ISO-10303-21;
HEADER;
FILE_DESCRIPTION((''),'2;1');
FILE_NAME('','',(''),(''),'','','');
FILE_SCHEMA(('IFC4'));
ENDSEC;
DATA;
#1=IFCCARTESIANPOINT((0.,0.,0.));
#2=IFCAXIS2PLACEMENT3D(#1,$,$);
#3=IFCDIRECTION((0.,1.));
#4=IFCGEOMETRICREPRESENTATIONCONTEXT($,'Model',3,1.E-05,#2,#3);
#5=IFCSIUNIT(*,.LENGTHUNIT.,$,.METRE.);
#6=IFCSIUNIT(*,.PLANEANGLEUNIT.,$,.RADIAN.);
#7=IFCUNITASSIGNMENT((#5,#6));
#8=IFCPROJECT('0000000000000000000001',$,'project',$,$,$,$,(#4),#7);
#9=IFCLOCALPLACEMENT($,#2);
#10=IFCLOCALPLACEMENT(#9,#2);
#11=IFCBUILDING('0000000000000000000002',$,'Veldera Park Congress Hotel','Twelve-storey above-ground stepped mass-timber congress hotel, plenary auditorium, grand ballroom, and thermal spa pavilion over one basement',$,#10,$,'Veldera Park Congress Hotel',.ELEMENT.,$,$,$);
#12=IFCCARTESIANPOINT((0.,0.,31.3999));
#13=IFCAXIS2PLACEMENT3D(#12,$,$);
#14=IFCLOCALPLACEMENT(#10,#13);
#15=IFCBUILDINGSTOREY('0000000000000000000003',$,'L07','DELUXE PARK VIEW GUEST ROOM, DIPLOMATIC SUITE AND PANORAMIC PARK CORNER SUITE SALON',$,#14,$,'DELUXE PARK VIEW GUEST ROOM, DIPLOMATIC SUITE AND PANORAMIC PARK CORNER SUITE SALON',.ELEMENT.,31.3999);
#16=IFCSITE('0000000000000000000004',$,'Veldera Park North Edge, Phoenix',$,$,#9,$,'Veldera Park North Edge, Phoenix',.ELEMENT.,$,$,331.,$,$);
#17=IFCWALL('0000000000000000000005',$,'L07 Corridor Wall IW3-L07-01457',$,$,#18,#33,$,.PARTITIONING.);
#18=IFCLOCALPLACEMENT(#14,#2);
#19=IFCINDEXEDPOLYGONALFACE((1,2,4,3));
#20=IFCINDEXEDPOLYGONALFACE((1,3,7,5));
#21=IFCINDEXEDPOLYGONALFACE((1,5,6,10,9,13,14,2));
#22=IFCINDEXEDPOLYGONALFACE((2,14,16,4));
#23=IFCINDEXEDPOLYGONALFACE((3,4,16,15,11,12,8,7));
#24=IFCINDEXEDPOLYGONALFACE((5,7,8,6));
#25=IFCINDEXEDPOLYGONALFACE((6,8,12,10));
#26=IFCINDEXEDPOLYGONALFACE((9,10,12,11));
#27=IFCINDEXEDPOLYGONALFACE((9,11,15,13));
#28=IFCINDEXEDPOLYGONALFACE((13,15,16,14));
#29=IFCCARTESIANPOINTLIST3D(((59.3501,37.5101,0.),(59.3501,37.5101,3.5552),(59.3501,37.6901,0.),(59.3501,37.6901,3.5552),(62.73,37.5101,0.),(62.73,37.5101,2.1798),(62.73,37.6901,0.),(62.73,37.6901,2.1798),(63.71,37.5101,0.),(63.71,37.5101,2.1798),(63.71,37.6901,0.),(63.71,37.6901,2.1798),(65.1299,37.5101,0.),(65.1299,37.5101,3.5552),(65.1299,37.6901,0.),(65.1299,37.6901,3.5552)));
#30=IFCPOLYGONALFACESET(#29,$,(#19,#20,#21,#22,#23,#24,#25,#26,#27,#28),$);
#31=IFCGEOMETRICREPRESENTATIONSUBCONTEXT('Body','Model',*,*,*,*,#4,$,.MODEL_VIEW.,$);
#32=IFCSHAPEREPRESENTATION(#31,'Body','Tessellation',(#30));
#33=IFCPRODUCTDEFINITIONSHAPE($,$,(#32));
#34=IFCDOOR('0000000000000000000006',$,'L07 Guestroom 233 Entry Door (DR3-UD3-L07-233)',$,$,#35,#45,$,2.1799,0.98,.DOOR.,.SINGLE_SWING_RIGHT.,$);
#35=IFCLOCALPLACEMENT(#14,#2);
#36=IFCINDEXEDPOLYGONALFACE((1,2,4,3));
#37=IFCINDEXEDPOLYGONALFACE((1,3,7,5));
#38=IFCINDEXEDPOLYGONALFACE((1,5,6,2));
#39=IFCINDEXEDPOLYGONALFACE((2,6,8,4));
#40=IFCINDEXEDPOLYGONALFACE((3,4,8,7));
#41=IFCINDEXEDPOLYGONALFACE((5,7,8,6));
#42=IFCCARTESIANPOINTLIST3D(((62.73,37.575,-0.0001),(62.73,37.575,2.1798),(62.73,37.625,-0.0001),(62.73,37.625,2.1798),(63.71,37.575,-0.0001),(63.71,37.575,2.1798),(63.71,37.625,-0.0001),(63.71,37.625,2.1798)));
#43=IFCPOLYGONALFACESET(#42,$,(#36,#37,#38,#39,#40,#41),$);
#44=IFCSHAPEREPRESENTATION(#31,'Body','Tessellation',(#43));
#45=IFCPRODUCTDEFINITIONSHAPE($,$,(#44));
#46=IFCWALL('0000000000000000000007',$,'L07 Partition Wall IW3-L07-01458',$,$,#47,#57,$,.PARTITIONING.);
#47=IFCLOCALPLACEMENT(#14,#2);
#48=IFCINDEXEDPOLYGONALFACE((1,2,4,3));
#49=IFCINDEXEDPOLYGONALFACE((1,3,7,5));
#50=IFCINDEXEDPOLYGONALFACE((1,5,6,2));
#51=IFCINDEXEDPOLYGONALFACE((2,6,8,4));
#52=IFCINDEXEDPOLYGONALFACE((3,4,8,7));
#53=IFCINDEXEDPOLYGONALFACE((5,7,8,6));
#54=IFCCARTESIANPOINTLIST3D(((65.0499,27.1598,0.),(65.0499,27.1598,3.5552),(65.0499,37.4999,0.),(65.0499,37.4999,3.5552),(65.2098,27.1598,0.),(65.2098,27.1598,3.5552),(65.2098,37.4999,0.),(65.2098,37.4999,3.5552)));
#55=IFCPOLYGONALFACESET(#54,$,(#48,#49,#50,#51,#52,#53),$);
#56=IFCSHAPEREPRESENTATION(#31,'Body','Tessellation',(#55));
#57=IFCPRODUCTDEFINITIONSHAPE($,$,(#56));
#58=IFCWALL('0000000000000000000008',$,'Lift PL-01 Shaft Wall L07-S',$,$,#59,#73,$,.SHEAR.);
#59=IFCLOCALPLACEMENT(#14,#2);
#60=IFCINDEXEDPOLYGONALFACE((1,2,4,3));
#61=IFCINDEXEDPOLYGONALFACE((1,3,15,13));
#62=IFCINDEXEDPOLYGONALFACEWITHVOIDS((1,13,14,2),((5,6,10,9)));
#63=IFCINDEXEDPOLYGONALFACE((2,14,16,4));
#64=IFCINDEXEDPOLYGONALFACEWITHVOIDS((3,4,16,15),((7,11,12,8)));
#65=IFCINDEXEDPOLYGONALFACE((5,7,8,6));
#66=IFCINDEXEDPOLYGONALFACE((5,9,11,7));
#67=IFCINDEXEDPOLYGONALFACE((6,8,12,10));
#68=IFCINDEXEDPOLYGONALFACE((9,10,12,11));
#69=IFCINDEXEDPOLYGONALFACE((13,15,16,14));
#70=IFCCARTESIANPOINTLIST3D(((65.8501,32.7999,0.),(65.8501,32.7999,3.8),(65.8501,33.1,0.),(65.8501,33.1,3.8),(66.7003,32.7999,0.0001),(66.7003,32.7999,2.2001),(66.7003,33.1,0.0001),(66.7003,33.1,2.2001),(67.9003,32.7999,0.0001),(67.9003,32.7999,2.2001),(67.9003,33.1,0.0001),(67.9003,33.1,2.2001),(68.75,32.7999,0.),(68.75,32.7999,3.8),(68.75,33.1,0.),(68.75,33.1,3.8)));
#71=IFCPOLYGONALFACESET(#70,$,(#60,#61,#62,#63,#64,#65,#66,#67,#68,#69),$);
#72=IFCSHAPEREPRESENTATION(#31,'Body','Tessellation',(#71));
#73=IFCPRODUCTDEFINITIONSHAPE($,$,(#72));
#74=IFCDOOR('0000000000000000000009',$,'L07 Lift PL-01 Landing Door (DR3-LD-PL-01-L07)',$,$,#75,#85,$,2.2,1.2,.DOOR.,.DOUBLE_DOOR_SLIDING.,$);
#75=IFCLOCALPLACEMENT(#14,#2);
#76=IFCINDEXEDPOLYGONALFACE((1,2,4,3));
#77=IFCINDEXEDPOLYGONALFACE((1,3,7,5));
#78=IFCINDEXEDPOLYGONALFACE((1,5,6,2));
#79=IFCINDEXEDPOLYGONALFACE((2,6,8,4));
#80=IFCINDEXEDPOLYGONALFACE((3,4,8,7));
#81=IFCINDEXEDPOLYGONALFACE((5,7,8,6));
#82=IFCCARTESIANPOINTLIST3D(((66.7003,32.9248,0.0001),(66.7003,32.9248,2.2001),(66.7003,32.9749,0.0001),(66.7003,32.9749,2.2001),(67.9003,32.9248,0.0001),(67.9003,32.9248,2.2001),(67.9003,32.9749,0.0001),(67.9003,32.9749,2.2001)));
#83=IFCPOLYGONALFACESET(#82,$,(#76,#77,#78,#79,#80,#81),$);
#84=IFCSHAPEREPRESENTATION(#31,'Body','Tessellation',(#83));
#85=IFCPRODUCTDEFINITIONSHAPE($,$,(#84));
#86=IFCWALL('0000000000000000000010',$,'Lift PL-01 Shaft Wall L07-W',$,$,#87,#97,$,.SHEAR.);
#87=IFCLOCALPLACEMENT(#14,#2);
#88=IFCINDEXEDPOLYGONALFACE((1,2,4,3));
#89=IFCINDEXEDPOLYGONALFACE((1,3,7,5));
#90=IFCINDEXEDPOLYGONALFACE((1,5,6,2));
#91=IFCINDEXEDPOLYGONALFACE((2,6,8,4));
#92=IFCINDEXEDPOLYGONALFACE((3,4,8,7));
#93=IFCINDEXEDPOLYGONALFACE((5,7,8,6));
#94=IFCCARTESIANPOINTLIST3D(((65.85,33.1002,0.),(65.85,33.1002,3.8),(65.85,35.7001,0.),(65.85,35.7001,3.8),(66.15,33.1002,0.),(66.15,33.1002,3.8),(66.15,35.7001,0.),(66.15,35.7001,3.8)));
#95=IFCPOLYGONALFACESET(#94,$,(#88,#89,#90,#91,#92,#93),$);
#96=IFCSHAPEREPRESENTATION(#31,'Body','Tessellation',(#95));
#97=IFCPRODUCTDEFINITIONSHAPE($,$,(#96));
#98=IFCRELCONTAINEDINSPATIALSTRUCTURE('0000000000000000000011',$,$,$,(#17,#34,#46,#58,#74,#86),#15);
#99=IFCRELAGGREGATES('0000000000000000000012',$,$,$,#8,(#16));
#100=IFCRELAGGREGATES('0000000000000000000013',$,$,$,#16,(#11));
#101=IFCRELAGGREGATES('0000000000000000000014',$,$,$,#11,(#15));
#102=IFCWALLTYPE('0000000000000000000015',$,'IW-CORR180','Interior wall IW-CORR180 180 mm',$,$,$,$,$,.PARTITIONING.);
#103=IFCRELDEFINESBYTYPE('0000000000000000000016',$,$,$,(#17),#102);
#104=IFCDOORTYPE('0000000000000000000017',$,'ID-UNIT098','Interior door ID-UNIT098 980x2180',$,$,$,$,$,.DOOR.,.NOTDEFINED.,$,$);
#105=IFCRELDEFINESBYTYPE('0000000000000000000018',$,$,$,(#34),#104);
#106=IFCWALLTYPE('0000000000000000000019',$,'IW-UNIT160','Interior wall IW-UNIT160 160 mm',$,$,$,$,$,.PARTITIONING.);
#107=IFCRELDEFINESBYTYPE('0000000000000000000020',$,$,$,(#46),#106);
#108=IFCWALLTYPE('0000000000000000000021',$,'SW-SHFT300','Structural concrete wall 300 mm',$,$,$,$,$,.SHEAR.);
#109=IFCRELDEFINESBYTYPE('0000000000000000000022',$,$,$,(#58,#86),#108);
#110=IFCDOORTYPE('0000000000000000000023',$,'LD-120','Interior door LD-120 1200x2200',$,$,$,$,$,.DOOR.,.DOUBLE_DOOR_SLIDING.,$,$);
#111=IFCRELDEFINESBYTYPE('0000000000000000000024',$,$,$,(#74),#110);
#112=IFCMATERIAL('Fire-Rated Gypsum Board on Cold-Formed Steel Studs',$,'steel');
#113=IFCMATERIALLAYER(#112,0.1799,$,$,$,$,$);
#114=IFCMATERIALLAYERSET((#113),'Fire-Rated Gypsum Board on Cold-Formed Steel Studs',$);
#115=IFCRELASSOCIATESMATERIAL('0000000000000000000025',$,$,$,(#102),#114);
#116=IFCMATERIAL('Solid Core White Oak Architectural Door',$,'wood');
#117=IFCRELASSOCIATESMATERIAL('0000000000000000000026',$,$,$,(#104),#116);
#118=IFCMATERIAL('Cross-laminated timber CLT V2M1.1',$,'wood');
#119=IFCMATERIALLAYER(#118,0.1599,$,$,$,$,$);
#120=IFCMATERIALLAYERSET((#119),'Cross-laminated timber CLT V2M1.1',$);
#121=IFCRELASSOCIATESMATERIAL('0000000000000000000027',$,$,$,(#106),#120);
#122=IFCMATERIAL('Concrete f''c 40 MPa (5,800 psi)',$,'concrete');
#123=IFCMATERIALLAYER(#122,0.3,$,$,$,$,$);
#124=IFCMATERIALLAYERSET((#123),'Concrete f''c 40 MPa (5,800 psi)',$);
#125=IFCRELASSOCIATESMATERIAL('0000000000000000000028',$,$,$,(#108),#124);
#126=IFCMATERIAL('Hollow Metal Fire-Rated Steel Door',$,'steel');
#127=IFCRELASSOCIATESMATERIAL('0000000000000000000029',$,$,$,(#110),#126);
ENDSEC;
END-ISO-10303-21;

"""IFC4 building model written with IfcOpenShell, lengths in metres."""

from ifc_helpers import new_model, si_unit, direction, frame, frame_2d, origin, place, context, subcontext, project, spatial, rectangle, extrude, material, layer, layer_set, type_object, element, fill, save


model = new_model("IFC4")

# Units and contexts
model_context = context("Model", 3, precision=1e-05, world=origin(), true_north=direction((0.0, 1.0)))
body_context = subcontext(model_context, "Body", "Model", "MODEL_VIEW")
ifc_project = project(units=[si_unit("LENGTHUNIT", "METRE"), si_unit("PLANEANGLEUNIT", "RADIAN")], contexts=[model_context])

# Site, building, storey
site_placement = place(None, origin())
site = spatial("IfcSite", under=ifc_project, at=site_placement, Name="Veldera Park North Edge, Phoenix", LongName="Veldera Park North Edge, Phoenix", CompositionType="ELEMENT", RefElevation=331.0)
building_placement = place(site_placement, origin())
building = spatial("IfcBuilding", under=site, at=building_placement, Name="Veldera Park Congress Hotel", Description="Twelve-storey above-ground stepped mass-timber congress hotel, plenary auditorium, grand ballroom, and thermal spa pavilion over one basement", LongName="Veldera Park Congress Hotel", CompositionType="ELEMENT")
storey_placement = place(building_placement, frame((0.0, 0.0, 31.3999)))
storey = spatial("IfcBuildingStorey", under=building, at=storey_placement, Name="L07", Description="DELUXE PARK VIEW GUEST ROOM, DIPLOMATIC SUITE AND PANORAMIC PARK CORNER SUITE SALON", LongName="DELUXE PARK VIEW GUEST ROOM, DIPLOMATIC SUITE AND PANORAMIC PARK CORNER SUITE SALON", CompositionType="ELEMENT", Elevation=31.3999)

# Shared definitions
ifc_material_1 = material(Name="Fire-Rated Gypsum Board on Cold-Formed Steel Studs", Category="steel")

# Shared definitions
ifc_material_2 = material(Name="Solid Core White Oak Architectural Door", Category="wood")

# Wall, opening, door
ifc_layer_1 = layer(ifc_material_1, 0.1799)
ifc_layer_set_1 = layer_set([ifc_layer_1], Name="Fire-Rated Gypsum Board on Cold-Formed Steel Studs")
wall_type_1 = type_object("IfcWallType", Name="IW-CORR180", Description="Interior wall IW-CORR180 180 mm", PredefinedType="PARTITIONING", material=ifc_layer_set_1)
door_type_1 = type_object("IfcDoorType", Name="ID-UNIT098", Description="Interior door ID-UNIT098 980x2180", OperationType="NOTDEFINED", PredefinedType="DOOR", material=ifc_material_2)
wall_1_placement = place(storey_placement, frame((65.1299, 37.6001, 0.0), z_axis=(0.0, 0.0, 1.0), x_axis=(-1.0, 0.0, 0.0)))
wall_1 = element("IfcWall", 1, at=wall_1_placement, inside=storey, type_object=wall_type_1, Name="L07 Corridor Wall IW3-L07-01457", PredefinedType="PARTITIONING", context=body_context, shape_type="SweptSolid", body=[
    extrude(rectangle(XDim=5.7798, YDim=0.1799, at=frame_2d((2.8899, 0.0))), origin(), (0.0, 0.0, 1.0), 3.5552),
])
opening_1_placement = place(wall_1_placement, frame((1.4199, 0.0, 0.0)))
opening_1 = element("IfcOpeningElement", 2, at=opening_1_placement, cuts=wall_1, PredefinedType="OPENING", context=body_context, shape_type="SweptSolid", body=[
    extrude(rectangle(XDim=0.98, YDim=2.1799, at=frame_2d((0.49, 1.0898))), frame((0.0, 0.1021, 0.0), z_axis=(0.0, -1.0, 0.0), x_axis=(1.0, 0.0, 0.0)), (0.0, 0.0, 1.0), 0.2039),
])
door_1_placement = place(opening_1_placement, frame((0.98, 0.0, 0.0), z_axis=(0.0, 0.0, 1.0), x_axis=(-1.0, 0.0, 0.0)))
door_1 = element("IfcDoor", 3, at=door_1_placement, inside=storey, type_object=door_type_1, Name="L07 Guestroom 233 Entry Door (DR3-UD3-L07-233)", OperationType="SINGLE_SWING_RIGHT", OverallHeight=2.1799, OverallWidth=0.98, PredefinedType="DOOR", context=body_context, shape_type="SweptSolid", body=[
    extrude(rectangle(XDim=0.98, YDim=2.1799, at=frame_2d((0.49, 1.0898))), frame((0.0, 0.0249, 0.0), z_axis=(0.0, -1.0, 0.0), x_axis=(1.0, 0.0, 0.0)), (0.0, 0.0, 1.0), 0.05),
])
fill(opening_1, door_1)

# Wall
ifc_material_3 = material(Name="Cross-laminated timber CLT V2M1.1", Category="wood")
ifc_layer_2 = layer(ifc_material_3, 0.1599)
ifc_layer_set_2 = layer_set([ifc_layer_2], Name="Cross-laminated timber CLT V2M1.1")
wall_type_2 = type_object("IfcWallType", Name="IW-UNIT160", Description="Interior wall IW-UNIT160 160 mm", PredefinedType="PARTITIONING", material=ifc_layer_set_2)
wall_2_placement = place(storey_placement, frame((65.1299, 27.1599, 0.0), z_axis=(0.0, 0.0, 1.0), x_axis=(0.0, 1.0, 0.0)))
element("IfcWall", 4, at=wall_2_placement, inside=storey, type_object=wall_type_2, Name="L07 Partition Wall IW3-L07-01458", PredefinedType="PARTITIONING", context=body_context, shape_type="SweptSolid", body=[
    extrude(rectangle(XDim=10.3401, YDim=0.1599, at=frame_2d((5.1699, 0.0))), origin(), (0.0, 0.0, 1.0), 3.5552),
])

# Wall, opening, door
ifc_material_4 = material(Name="Concrete f'c 40 MPa (5,800 psi)", Category="concrete")
ifc_layer_3 = layer(ifc_material_4, 0.3)
ifc_layer_set_3 = layer_set([ifc_layer_3], Name="Concrete f'c 40 MPa (5,800 psi)")
wall_type_3 = type_object("IfcWallType", Name="SW-SHFT300", Description="Structural concrete wall 300 mm", PredefinedType="SHEAR", material=ifc_layer_set_3)
wall_3_placement = place(storey_placement, frame((65.8501, 32.95, 0.0), z_axis=(0.0, 0.0, 1.0), x_axis=(1.0, 0.0, 0.0)))
wall_3 = element("IfcWall", 5, at=wall_3_placement, inside=storey, type_object=wall_type_3, Name="Lift PL-01 Shaft Wall L07-S", PredefinedType="SHEAR", context=body_context, shape_type="SweptSolid", body=[
    extrude(rectangle(XDim=2.8999, YDim=0.3, at=frame_2d((1.45, 0.0))), origin(), (0.0, 0.0, 1.0), 3.8),
])
opening_2_placement = place(wall_3_placement, frame((0.8501, 0.0, 0.0)))
opening_2 = element("IfcOpeningElement", 6, at=opening_2_placement, cuts=wall_3, PredefinedType="OPENING", context=body_context, shape_type="SweptSolid", body=[
    extrude(rectangle(XDim=1.2, YDim=2.2, at=frame_2d((0.6001, 1.1001))), frame((0.0, 0.1621, 0.0), z_axis=(0.0, -1.0, 0.0), x_axis=(1.0, 0.0, 0.0)), (0.0, 0.0, 1.0), 0.324),
])
ifc_material_5 = material(Name="Hollow Metal Fire-Rated Steel Door", Category="steel")
door_type_2 = type_object("IfcDoorType", Name="LD-120", Description="Interior door LD-120 1200x2200", OperationType="DOUBLE_DOOR_SLIDING", PredefinedType="DOOR", material=ifc_material_5)
door_2_placement = place(opening_2_placement, origin())
door_2 = element("IfcDoor", 7, at=door_2_placement, inside=storey, type_object=door_type_2, Name="L07 Lift PL-01 Landing Door (DR3-LD-PL-01-L07)", OperationType="DOUBLE_DOOR_SLIDING", OverallHeight=2.2, OverallWidth=1.2, PredefinedType="DOOR", context=body_context, shape_type="SweptSolid", body=[
    extrude(rectangle(XDim=1.2, YDim=2.2, at=frame_2d((0.6001, 1.1001))), frame((0.0, 0.0249, 0.0), z_axis=(0.0, -1.0, 0.0), x_axis=(1.0, 0.0, 0.0)), (0.0, 0.0, 1.0), 0.05),
])
fill(opening_2, door_2)

# Wall
wall_4_placement = place(storey_placement, frame((66.0, 35.7, 0.0), z_axis=(0.0, 0.0, 1.0), x_axis=(0.0, -1.0, 0.0)))
element("IfcWall", 8, at=wall_4_placement, inside=storey, type_object=wall_type_3, Name="Lift PL-01 Shaft Wall L07-W", PredefinedType="SHEAR", context=body_context, shape_type="SweptSolid", body=[
    extrude(rectangle(XDim=2.5999, YDim=0.3, at=frame_2d((1.2998, 0.0))), origin(), (0.0, 0.0, 1.0), 3.8),
])

save(model, "model.ifc")
